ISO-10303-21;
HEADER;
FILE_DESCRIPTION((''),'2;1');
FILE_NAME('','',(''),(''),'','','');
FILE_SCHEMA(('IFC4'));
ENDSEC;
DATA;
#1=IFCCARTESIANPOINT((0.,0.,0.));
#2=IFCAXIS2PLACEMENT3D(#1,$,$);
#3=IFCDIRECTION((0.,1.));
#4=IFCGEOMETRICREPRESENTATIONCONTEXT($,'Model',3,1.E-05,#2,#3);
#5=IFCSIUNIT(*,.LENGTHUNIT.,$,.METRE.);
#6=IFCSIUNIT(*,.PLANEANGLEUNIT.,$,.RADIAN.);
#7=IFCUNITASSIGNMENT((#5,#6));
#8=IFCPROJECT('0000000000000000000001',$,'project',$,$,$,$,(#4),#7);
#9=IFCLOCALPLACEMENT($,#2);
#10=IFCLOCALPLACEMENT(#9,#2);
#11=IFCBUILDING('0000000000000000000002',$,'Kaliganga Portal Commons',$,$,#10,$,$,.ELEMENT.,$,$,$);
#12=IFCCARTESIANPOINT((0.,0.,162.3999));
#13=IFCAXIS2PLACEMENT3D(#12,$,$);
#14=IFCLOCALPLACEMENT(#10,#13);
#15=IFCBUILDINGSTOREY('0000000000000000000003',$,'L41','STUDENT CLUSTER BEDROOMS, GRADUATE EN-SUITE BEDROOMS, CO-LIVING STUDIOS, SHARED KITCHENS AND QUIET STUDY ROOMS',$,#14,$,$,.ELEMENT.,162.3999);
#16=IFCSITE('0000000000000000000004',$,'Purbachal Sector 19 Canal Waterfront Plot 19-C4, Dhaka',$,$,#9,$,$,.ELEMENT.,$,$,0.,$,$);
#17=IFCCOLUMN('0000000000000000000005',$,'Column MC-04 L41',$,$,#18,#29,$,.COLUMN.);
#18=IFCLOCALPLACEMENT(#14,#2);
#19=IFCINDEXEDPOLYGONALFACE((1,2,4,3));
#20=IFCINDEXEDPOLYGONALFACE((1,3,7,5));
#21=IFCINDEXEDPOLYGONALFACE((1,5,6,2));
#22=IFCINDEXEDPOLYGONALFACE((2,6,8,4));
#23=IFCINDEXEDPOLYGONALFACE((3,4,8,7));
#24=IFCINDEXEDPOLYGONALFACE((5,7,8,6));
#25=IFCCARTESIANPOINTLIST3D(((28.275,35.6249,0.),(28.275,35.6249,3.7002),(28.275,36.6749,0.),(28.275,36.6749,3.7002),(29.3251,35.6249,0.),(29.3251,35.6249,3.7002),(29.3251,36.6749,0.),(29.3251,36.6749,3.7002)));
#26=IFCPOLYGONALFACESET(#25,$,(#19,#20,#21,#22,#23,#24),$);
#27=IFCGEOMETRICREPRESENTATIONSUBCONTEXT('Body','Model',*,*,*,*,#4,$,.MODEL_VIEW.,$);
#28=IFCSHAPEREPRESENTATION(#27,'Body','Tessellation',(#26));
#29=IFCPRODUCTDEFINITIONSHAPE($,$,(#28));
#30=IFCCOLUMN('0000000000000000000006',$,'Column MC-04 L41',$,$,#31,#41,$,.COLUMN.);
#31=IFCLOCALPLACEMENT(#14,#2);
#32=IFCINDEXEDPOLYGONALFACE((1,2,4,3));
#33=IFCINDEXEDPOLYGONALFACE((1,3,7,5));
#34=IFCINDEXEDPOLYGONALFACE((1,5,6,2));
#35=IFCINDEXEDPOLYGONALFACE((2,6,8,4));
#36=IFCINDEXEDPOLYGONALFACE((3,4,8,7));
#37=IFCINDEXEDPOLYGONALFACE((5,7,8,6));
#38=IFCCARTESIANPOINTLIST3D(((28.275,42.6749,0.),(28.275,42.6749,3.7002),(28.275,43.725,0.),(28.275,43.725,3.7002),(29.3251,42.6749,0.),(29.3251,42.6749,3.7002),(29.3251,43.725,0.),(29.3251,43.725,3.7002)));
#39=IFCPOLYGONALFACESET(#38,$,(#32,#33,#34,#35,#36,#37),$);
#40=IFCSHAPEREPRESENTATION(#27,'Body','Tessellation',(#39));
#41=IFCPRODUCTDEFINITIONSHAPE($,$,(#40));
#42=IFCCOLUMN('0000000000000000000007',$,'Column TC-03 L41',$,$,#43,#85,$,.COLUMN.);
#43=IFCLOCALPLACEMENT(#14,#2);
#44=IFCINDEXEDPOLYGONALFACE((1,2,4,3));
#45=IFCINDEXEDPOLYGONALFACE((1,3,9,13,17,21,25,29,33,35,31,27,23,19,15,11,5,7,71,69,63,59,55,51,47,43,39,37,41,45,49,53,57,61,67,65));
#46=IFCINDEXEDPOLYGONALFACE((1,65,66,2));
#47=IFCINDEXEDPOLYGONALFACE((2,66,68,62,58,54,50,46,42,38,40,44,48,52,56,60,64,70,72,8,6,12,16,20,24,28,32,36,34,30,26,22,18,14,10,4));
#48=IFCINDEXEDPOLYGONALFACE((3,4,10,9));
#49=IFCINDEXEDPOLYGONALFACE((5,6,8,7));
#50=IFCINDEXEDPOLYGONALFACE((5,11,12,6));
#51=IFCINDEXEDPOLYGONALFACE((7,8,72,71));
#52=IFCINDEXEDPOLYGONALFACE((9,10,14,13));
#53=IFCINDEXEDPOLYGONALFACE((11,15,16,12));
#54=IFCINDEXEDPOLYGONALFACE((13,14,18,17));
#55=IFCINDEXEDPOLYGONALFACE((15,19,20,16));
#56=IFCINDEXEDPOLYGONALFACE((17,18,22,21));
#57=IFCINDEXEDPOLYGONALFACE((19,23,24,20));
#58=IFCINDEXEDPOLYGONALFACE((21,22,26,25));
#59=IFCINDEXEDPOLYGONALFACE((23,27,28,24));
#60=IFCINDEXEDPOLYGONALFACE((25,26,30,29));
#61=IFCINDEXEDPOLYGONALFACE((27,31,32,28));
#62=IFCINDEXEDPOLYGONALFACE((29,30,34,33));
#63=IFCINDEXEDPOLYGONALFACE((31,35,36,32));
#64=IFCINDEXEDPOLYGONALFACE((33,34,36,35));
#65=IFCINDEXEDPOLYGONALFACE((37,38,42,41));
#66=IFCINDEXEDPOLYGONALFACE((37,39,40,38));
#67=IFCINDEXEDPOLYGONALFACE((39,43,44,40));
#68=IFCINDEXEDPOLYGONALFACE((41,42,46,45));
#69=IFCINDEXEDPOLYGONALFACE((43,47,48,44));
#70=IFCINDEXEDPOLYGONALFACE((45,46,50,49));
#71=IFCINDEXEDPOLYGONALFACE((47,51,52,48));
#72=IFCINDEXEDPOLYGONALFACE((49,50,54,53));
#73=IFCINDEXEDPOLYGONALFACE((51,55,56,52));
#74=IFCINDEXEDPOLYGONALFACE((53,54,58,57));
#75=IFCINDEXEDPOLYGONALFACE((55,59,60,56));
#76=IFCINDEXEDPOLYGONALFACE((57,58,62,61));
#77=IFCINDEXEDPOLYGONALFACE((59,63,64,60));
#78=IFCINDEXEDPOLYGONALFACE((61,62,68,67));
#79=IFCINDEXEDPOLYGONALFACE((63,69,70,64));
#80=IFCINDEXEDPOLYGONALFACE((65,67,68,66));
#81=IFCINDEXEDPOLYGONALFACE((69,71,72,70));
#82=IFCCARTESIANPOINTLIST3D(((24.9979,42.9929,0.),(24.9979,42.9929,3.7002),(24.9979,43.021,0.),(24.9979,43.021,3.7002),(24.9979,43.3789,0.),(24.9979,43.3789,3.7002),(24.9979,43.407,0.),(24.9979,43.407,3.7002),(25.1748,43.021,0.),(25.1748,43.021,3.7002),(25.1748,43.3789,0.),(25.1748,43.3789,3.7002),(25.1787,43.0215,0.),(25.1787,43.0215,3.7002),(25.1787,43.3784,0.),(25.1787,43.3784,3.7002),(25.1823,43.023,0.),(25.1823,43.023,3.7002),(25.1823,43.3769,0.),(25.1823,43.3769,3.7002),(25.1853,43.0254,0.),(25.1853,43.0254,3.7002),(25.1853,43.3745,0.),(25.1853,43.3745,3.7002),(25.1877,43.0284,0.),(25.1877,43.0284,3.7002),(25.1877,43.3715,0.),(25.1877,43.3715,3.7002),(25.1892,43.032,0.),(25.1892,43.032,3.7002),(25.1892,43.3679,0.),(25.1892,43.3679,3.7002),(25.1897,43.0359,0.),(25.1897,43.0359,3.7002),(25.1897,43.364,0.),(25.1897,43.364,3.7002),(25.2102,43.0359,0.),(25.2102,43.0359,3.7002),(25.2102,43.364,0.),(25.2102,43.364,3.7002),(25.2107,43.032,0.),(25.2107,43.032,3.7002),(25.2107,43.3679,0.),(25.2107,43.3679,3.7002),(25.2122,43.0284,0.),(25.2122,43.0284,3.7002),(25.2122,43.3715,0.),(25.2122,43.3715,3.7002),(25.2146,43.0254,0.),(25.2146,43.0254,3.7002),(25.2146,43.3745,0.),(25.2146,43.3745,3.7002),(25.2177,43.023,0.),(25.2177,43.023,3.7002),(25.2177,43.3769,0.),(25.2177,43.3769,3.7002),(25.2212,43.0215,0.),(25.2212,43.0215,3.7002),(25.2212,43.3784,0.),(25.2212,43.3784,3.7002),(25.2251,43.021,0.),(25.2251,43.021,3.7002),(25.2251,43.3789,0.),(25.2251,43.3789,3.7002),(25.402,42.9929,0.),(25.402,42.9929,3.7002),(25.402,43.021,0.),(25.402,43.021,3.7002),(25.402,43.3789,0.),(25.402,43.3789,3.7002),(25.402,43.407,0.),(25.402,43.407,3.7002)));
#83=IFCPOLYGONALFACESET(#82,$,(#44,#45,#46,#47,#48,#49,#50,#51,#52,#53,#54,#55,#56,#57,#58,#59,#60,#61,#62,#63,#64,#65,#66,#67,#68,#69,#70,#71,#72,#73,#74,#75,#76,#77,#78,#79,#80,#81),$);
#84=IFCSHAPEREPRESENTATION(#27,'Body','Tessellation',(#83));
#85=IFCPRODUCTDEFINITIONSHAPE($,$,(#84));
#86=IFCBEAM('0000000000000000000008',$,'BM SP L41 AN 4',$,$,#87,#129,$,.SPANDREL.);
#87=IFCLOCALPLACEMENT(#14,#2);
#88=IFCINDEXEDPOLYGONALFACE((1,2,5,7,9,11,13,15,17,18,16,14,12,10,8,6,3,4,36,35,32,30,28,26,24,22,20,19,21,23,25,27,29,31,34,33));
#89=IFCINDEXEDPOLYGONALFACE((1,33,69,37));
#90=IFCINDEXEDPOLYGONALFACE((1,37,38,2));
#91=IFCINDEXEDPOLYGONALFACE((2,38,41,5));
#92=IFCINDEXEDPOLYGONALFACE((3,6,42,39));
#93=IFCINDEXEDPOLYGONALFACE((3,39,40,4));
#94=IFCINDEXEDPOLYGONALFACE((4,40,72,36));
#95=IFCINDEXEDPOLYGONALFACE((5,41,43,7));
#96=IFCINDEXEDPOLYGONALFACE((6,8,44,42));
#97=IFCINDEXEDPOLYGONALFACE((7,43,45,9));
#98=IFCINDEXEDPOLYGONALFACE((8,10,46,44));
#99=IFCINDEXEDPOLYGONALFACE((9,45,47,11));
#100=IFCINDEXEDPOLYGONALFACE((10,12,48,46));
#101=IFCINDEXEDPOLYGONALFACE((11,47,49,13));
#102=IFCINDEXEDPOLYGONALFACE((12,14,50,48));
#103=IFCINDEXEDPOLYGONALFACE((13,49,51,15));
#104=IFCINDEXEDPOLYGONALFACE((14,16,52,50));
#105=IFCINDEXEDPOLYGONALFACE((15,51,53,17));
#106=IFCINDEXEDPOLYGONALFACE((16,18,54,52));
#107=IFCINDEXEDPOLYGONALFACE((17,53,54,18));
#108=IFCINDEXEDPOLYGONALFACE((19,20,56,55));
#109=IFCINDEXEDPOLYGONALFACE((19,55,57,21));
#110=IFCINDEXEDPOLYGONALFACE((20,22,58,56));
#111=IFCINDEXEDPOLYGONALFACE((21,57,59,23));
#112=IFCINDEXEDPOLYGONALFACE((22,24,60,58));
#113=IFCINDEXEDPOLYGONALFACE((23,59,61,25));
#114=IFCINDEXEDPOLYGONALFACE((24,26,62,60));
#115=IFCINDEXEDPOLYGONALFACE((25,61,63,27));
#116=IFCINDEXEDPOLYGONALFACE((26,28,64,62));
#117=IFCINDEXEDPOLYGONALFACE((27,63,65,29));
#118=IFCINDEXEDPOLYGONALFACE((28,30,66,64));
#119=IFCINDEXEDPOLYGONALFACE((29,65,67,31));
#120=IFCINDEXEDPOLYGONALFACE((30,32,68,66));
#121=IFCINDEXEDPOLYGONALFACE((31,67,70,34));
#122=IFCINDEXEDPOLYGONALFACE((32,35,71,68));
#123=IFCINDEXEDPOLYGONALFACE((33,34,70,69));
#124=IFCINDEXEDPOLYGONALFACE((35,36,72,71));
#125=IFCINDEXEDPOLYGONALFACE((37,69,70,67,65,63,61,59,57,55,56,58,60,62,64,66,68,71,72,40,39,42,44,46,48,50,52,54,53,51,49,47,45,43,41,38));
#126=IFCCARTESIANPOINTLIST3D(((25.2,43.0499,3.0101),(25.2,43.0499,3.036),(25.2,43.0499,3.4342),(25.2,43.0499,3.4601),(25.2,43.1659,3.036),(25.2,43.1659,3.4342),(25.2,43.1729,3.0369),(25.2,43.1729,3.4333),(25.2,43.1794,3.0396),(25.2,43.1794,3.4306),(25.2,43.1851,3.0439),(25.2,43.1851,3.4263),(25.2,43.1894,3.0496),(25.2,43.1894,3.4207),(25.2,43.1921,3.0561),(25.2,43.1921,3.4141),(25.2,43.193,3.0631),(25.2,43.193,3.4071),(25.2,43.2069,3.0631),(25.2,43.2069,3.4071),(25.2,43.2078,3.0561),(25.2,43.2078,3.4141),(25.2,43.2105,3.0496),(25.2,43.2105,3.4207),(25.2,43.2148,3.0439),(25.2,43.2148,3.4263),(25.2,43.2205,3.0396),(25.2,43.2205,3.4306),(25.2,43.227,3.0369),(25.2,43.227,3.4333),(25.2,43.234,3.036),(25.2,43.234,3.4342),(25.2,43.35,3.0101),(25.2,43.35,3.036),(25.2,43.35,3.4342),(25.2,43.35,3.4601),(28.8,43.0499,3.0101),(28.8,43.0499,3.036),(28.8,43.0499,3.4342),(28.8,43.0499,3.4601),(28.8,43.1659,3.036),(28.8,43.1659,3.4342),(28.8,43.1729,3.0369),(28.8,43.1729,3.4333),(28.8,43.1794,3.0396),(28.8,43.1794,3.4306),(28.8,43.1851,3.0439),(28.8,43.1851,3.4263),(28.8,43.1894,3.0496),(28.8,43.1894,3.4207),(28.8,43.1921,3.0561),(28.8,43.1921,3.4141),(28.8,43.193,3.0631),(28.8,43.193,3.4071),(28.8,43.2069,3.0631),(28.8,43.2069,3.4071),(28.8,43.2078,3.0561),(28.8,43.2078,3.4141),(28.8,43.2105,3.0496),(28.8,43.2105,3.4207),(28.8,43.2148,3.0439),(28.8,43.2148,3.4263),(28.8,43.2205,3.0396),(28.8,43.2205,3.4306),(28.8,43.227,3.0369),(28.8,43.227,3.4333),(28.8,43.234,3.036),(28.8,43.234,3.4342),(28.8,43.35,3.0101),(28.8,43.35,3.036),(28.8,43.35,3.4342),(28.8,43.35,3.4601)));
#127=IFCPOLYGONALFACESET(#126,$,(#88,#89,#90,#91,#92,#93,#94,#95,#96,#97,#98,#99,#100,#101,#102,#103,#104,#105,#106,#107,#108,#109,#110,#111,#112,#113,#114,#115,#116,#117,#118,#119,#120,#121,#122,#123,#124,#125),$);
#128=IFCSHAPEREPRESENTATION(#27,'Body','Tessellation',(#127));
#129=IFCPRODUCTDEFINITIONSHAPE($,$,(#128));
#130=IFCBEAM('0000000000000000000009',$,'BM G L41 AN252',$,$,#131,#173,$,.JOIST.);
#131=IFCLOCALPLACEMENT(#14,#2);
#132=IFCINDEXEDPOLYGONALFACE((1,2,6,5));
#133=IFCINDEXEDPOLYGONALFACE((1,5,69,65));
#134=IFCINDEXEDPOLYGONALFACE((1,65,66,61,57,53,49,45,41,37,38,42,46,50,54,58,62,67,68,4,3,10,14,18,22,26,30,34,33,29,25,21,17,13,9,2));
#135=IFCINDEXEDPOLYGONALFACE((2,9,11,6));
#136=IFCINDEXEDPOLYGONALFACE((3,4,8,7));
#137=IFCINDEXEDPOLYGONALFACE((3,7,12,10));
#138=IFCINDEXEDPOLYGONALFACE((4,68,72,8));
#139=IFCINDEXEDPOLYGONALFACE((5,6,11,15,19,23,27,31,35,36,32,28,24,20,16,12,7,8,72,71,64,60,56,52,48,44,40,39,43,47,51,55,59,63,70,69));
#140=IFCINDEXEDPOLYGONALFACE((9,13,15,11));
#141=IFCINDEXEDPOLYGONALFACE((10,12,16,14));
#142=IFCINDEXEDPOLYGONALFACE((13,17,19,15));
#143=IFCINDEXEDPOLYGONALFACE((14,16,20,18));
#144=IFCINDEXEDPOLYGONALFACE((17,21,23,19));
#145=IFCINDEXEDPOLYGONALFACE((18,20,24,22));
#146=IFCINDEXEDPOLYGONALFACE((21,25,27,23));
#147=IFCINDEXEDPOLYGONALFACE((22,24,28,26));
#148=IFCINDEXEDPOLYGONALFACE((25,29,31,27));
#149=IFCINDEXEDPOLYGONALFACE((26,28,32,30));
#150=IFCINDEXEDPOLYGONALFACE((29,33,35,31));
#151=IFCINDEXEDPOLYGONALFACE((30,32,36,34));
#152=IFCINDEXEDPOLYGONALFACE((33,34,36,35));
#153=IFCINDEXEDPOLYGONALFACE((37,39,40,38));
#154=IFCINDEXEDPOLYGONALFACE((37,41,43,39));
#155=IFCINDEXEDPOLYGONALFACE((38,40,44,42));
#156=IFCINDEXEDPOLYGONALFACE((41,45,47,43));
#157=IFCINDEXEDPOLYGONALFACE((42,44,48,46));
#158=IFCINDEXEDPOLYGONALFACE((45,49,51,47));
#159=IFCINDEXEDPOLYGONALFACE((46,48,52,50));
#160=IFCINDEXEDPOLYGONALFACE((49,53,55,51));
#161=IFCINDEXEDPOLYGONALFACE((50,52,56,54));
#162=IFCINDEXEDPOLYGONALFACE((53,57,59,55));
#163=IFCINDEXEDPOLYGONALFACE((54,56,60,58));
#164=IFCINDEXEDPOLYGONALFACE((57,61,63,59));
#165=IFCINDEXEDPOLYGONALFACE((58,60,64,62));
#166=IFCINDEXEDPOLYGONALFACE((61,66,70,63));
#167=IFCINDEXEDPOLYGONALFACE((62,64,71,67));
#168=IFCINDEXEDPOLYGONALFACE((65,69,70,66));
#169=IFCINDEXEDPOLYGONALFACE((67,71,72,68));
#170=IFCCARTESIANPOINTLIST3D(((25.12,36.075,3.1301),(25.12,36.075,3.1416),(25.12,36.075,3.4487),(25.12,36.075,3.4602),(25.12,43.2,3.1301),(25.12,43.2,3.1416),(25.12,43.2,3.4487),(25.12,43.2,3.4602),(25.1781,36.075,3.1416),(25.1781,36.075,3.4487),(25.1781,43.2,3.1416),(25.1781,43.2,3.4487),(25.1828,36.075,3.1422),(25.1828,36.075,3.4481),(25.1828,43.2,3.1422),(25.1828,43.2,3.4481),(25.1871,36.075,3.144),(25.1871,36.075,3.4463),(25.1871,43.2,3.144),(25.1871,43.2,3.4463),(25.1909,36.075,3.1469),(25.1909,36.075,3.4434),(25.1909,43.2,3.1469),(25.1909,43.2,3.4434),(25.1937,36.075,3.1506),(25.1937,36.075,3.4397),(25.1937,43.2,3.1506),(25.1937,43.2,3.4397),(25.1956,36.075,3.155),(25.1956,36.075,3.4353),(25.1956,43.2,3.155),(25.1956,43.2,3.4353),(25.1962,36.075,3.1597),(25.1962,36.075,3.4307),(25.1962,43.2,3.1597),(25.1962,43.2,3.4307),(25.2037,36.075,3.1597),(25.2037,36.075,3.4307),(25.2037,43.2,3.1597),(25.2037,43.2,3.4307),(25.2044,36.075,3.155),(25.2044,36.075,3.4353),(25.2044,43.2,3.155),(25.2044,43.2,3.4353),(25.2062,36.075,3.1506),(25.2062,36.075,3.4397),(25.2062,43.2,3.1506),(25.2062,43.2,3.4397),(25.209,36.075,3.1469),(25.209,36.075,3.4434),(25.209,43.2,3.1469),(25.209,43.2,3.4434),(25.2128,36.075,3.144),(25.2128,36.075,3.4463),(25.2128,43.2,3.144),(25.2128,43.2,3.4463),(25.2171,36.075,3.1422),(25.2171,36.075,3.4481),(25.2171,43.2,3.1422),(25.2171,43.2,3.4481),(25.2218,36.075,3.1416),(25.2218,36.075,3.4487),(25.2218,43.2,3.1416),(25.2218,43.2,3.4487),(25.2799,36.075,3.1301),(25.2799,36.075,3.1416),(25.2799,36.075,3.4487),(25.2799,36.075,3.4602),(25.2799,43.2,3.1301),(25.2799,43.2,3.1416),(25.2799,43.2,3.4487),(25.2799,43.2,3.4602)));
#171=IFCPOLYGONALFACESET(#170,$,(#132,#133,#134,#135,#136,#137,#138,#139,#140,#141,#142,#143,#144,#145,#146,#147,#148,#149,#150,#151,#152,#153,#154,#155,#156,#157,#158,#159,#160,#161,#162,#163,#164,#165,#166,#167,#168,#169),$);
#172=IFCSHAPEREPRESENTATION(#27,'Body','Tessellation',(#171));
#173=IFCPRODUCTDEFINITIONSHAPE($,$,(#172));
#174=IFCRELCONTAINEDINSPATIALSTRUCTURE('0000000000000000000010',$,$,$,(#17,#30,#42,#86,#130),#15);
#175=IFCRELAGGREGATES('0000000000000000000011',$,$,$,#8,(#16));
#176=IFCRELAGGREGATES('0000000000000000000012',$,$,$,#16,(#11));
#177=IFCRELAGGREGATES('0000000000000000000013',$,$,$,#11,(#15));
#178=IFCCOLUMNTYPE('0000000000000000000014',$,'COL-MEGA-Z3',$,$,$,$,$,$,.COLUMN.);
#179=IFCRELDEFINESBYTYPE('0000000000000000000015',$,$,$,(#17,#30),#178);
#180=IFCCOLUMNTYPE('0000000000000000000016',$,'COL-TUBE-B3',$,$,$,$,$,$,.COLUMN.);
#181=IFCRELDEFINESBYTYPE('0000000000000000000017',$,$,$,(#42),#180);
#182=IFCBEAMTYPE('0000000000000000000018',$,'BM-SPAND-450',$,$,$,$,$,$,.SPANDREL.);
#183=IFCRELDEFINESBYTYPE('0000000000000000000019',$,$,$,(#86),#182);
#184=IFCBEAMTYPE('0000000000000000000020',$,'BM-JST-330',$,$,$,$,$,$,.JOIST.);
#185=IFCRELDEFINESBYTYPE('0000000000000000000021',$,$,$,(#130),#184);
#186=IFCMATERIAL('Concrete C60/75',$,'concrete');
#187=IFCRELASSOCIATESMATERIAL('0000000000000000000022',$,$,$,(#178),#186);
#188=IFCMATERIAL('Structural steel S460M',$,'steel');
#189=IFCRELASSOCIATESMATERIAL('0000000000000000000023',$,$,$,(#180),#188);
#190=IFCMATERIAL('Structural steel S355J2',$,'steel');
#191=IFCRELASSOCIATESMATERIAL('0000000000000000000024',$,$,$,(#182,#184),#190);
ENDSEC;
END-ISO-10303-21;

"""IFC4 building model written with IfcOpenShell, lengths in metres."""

from ifc_helpers import new_model, si_unit, direction, frame, origin, origin_2d, place, context, subcontext, project, spatial, rectangle, i_section, extrude, source, transform, mapped, material, material_profile, profile_set, type_object, element, save


model = new_model("IFC4")

# Units and contexts
model_context = context("Model", 3, precision=1e-05, world=origin(), true_north=direction((0.0, 1.0)))
body_context = subcontext(model_context, "Body", "Model", "MODEL_VIEW")
ifc_project = project(units=[si_unit("LENGTHUNIT", "METRE"), si_unit("PLANEANGLEUNIT", "RADIAN")], contexts=[model_context])

# Site, building, storey
site_placement = place(None, origin())
site = spatial("IfcSite", under=ifc_project, at=site_placement, Name="Purbachal Sector 19 Canal Waterfront Plot 19-C4, Dhaka", CompositionType="ELEMENT", RefElevation=0.0)
building_placement = place(site_placement, origin())
building = spatial("IfcBuilding", under=site, at=building_placement, Name="Kaliganga Portal Commons", CompositionType="ELEMENT")
storey_placement = place(building_placement, frame((0.0, 0.0, 162.3999)))
storey = spatial("IfcBuildingStorey", under=building, at=storey_placement, Name="L41", Description="STUDENT CLUSTER BEDROOMS, GRADUATE EN-SUITE BEDROOMS, CO-LIVING STUDIOS, SHARED KITCHENS AND QUIET STUDY ROOMS", CompositionType="ELEMENT", Elevation=162.3999)

# Columns
ifc_material_1 = material(Name="Concrete C60/75", Category="concrete")
ifc_material_profile_1 = material_profile(ifc_material_1, rectangle(XDim=1.05, YDim=1.05, at=origin_2d()), Name="RC 1050x1050")
ifc_profile_set_1 = profile_set([ifc_material_profile_1], Name="Concrete C60/75")
column_type_1 = type_object("IfcColumnType", Name="COL-MEGA-Z3", PredefinedType="COLUMN", material=ifc_profile_set_1)
shared_shape_1 = source(origin(), body_context, "Body", "SweptSolid", [
    extrude(rectangle(XDim=1.05, YDim=1.05, at=origin_2d()), origin(), (0.0, 0.0, 1.0), 3.7002),
])
for number, where, z_axis, x_axis, name in (
    (1, (28.8, 36.1499, 0.0), (0.0, 0.0, 1.0), (1.0, 0.0, 0.0), "Column MC-04 L41"),
    (2, (28.8, 43.2, 0.0), (0.0, 0.0, 1.0), (1.0, 0.0, 0.0), "Column MC-04 L41"),
):
    element("IfcColumn", number, at=place(storey_placement, frame(where, z_axis=z_axis, x_axis=x_axis)), inside=storey, type_object=column_type_1, Name=name, PredefinedType="COLUMN", context=body_context, shape_type="MappedRepresentation", body=[
        mapped(shared_shape_1, transform((0.0, 0.0, 0.0), x_axis=(1.0, 0.0, 0.0), y_axis=(0.0, 1.0, 0.0), z_axis=(0.0, 0.0, 1.0), scale=1.0)),
    ])
ifc_material_2 = material(Name="Structural steel S460M", Category="steel")
ifc_material_profile_2 = material_profile(ifc_material_2, i_section(OverallWidth=0.4041, OverallDepth=0.4141, WebThickness=0.0205, FlangeThickness=0.0281, FilletRadius=0.0149, at=origin_2d()), Name="HD 400x347")
ifc_profile_set_2 = profile_set([ifc_material_profile_2], Name="Structural steel S460M wide-flange")
column_type_2 = type_object("IfcColumnType", Name="COL-TUBE-B3", PredefinedType="COLUMN", material=ifc_profile_set_2)
shared_shape_2 = source(origin(), body_context, "Body", "SweptSolid", [
    extrude(i_section(OverallWidth=0.4041, OverallDepth=0.4141, WebThickness=0.0205, FlangeThickness=0.0281, FilletRadius=0.0149, at=origin_2d()), origin(), (0.0, 0.0, 1.0), 3.7002),
])
column_placement = place(storey_placement, frame((25.2, 43.2, 0.0), z_axis=(0.0, 0.0, 1.0), x_axis=(1.0, 0.0, 0.0)))
element("IfcColumn", 3, at=column_placement, inside=storey, type_object=column_type_2, Name="Column TC-03 L41", PredefinedType="COLUMN", context=body_context, shape_type="MappedRepresentation", body=[
    mapped(shared_shape_2, transform((0.0, 0.0, 0.0), x_axis=(1.0, 0.0, 0.0), y_axis=(0.0, 1.0, 0.0), z_axis=(0.0, 0.0, 1.0), scale=1.0)),
])

# Beams
ifc_material_3 = material(Name="Structural steel S355J2", Category="steel")
ifc_material_profile_3 = material_profile(ifc_material_3, i_section(OverallWidth=0.3, OverallDepth=0.45, WebThickness=0.0139, FlangeThickness=0.0259, FilletRadius=0.0271, at=origin_2d()), Name="HE 450 B")
ifc_profile_set_3 = profile_set([ifc_material_profile_3], Name="Structural steel S355J2 wide-flange")
beam_type_1 = type_object("IfcBeamType", Name="BM-SPAND-450", PredefinedType="SPANDREL", material=ifc_profile_set_3)
shared_shape_3 = source(origin(), body_context, "Body", "SweptSolid", [
    extrude(i_section(OverallWidth=0.3, OverallDepth=0.45, WebThickness=0.0139, FlangeThickness=0.0259, FilletRadius=0.0271, at=origin_2d()), origin(), (0.0, 0.0, 1.0), 3.6001),
])
beam_1_placement = place(storey_placement, frame((25.2, 43.2, 3.2351), z_axis=(1.0, 0.0, 0.0), x_axis=(0.0, 1.0, 0.0)))
element("IfcBeam", 4, at=beam_1_placement, inside=storey, type_object=beam_type_1, Name="BM SP L41 AN 4", PredefinedType="SPANDREL", context=body_context, shape_type="MappedRepresentation", body=[
    mapped(shared_shape_3, transform((0.0, 0.0, 0.0), x_axis=(1.0, 0.0, 0.0), y_axis=(0.0, 1.0, 0.0), z_axis=(0.0, 0.0, 1.0), scale=1.0)),
])
ifc_material_profile_4 = material_profile(ifc_material_3, i_section(OverallWidth=0.1599, OverallDepth=0.3301, WebThickness=0.0076, FlangeThickness=0.0115, FilletRadius=0.0181, at=origin_2d()), Name="IPE 330")
ifc_profile_set_4 = profile_set([ifc_material_profile_4], Name="Structural steel S355J2 wide-flange")
beam_type_2 = type_object("IfcBeamType", Name="BM-JST-330", PredefinedType="JOIST", material=ifc_profile_set_4)
shared_shape_4 = source(origin(), body_context, "Body", "SweptSolid", [
    extrude(i_section(OverallWidth=0.1599, OverallDepth=0.3301, WebThickness=0.0076, FlangeThickness=0.0115, FilletRadius=0.0181, at=origin_2d()), origin(), (0.0, 0.0, 1.0), 7.125),
])
beam_2_placement = place(storey_placement, frame((25.2, 36.075, 3.2952), z_axis=(0.0, 1.0, 0.0), x_axis=(-1.0, 0.0, 0.0)))
element("IfcBeam", 5, at=beam_2_placement, inside=storey, type_object=beam_type_2, Name="BM G L41 AN252", PredefinedType="JOIST", context=body_context, shape_type="MappedRepresentation", body=[
    mapped(shared_shape_4, transform((0.0, 0.0, 0.0), x_axis=(1.0, 0.0, 0.0), y_axis=(0.0, 1.0, 0.0), z_axis=(0.0, 0.0, 1.0), scale=1.0)),
])

save(model, "model.ifc")
